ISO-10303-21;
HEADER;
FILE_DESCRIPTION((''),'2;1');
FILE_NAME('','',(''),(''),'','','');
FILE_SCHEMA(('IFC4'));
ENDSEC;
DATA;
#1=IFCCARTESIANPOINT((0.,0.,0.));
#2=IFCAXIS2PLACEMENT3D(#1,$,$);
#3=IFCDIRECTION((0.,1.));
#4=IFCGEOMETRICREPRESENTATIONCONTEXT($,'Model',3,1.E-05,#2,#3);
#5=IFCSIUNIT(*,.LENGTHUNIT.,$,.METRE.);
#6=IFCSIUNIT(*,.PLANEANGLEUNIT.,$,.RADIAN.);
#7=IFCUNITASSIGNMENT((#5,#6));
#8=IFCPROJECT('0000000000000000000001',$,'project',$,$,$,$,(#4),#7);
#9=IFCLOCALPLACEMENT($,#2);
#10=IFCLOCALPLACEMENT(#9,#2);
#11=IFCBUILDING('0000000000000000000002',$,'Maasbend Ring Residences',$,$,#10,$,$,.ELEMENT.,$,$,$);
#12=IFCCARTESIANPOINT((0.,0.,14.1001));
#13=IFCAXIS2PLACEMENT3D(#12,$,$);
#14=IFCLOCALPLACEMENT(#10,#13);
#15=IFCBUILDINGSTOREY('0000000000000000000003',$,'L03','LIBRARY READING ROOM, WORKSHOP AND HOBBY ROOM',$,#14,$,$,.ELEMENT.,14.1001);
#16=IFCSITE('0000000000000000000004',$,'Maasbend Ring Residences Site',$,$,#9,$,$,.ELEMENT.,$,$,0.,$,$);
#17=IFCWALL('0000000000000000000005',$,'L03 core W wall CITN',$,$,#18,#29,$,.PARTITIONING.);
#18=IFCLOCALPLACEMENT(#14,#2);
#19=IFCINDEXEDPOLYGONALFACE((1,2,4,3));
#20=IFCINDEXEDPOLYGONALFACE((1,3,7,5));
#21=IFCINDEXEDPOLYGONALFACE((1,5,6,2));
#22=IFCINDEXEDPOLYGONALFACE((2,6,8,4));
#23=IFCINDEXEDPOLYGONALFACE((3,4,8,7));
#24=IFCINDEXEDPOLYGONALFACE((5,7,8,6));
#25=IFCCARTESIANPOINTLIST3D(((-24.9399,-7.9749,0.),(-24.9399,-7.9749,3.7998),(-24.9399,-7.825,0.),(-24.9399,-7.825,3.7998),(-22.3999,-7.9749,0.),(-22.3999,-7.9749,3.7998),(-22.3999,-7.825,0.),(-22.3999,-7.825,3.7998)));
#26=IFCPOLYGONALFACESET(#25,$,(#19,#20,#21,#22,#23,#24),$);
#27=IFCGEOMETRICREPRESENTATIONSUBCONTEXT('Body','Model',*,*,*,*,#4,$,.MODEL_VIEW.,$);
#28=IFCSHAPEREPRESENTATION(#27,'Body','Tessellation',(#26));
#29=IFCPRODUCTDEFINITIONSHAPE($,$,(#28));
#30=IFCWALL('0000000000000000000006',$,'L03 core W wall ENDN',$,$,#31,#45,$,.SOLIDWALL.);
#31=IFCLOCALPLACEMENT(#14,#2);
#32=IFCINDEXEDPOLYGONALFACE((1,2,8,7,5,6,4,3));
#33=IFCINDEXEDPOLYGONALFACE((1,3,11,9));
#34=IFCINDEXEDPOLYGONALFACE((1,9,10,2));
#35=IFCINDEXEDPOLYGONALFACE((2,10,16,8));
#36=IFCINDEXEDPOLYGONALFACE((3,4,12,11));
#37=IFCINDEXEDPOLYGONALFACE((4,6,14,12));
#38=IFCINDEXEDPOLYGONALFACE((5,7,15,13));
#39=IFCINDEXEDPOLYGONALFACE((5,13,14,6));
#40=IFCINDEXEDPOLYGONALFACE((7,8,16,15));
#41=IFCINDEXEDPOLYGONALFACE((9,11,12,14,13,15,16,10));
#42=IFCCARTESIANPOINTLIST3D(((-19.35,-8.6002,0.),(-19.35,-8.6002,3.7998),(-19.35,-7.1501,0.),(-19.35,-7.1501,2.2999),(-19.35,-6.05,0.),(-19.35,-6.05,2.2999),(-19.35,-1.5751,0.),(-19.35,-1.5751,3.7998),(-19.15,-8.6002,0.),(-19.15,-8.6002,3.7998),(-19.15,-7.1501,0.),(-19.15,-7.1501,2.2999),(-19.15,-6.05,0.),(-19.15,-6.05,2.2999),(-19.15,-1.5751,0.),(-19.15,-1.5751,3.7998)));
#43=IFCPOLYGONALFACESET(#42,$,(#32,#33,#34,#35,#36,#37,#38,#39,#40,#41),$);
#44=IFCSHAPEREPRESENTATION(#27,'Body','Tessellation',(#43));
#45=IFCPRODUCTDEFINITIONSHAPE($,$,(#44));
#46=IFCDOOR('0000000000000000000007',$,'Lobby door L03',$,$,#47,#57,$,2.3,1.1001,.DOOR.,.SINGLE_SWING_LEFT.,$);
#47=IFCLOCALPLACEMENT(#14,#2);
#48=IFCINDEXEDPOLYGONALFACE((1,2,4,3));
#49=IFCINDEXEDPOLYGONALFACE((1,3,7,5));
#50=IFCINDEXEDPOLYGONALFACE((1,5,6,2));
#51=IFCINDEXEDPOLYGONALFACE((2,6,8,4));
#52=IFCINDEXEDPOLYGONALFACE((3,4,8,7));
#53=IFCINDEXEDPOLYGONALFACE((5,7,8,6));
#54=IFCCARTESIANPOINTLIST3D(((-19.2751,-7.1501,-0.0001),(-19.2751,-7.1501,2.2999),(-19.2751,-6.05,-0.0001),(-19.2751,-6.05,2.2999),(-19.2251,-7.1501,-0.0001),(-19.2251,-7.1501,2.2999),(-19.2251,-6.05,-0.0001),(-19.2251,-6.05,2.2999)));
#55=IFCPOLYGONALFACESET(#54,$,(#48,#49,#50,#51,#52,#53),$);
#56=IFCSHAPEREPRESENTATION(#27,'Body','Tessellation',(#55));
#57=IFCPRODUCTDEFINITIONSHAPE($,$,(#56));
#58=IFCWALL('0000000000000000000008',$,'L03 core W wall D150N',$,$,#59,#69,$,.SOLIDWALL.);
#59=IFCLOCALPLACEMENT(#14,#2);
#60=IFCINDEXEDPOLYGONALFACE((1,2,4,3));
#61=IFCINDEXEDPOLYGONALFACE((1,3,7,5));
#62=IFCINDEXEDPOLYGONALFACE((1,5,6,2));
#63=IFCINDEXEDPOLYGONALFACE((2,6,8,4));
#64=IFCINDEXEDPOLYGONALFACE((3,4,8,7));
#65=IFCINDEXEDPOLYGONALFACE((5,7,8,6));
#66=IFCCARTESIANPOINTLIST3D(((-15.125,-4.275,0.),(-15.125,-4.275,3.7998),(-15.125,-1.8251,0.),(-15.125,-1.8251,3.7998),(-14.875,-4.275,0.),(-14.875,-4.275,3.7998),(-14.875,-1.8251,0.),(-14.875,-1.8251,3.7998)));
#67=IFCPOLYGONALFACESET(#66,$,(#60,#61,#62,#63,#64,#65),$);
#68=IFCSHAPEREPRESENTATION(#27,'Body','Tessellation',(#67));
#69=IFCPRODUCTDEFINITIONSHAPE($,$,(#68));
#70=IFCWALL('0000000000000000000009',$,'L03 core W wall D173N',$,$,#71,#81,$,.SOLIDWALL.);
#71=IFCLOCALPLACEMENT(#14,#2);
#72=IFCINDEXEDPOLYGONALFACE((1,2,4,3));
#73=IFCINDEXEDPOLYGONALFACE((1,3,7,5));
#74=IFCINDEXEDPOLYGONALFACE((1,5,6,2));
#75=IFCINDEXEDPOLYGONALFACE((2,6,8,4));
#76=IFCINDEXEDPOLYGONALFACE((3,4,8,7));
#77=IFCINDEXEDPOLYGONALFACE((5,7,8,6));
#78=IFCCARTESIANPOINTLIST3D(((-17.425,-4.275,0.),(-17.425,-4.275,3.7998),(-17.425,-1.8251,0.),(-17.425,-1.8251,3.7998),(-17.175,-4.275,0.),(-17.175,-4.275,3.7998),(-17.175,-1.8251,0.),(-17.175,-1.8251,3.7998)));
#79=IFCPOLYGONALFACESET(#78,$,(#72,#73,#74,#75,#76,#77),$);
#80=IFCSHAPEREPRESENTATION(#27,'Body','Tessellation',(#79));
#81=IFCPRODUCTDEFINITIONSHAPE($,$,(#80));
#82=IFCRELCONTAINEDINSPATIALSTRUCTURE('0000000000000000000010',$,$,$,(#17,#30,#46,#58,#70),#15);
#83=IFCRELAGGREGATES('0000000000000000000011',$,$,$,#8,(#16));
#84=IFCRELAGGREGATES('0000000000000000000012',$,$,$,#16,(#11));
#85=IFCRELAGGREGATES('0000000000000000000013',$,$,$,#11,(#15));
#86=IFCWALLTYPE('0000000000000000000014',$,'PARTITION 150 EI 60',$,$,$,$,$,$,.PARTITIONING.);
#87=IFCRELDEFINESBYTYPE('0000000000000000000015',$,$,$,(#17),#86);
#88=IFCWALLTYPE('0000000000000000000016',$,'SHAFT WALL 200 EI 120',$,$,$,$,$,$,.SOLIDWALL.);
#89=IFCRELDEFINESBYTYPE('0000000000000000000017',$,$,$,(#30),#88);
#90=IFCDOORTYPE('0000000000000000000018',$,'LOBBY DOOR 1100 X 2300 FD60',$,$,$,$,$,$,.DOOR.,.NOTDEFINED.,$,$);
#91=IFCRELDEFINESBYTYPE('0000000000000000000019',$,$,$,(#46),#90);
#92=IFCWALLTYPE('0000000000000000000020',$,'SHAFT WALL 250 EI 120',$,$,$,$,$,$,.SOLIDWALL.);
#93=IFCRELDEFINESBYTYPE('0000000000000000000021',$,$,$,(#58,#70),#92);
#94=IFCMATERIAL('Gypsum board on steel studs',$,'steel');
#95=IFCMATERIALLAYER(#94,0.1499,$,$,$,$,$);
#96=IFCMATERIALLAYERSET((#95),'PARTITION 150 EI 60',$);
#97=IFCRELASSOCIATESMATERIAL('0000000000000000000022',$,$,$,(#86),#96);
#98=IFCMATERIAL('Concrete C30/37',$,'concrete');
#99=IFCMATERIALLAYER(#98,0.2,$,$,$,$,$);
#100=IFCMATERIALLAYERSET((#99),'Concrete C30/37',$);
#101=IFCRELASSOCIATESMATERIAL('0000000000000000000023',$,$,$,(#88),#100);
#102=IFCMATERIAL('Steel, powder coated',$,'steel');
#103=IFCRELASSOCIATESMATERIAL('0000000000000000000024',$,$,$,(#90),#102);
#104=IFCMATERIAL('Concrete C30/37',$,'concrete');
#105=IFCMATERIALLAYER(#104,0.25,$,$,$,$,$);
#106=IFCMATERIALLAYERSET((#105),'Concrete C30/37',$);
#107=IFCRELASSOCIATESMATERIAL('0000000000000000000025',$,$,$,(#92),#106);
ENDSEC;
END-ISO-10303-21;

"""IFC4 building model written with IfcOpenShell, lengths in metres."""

from ifc_helpers import new_model, si_unit, direction, frame, frame_2d, origin, place, context, subcontext, project, spatial, rectangle, extrude, material, layer, layer_set, type_object, element, fill, save


model = new_model("IFC4")

# Units and contexts
model_context = context("Model", 3, precision=1e-05, world=origin(), true_north=direction((0.0, 1.0)))
body_context = subcontext(model_context, "Body", "Model", "MODEL_VIEW")
ifc_project = project(units=[si_unit("LENGTHUNIT", "METRE"), si_unit("PLANEANGLEUNIT", "RADIAN")], contexts=[model_context])

# Site, building, storey
site_placement = place(None, origin())
site = spatial("IfcSite", under=ifc_project, at=site_placement, Name="Maasbend Ring Residences Site", CompositionType="ELEMENT", RefElevation=0.0)
building_placement = place(site_placement, origin())
building = spatial("IfcBuilding", under=site, at=building_placement, Name="Maasbend Ring Residences", CompositionType="ELEMENT")
storey_placement = place(building_placement, frame((0.0, 0.0, 14.1001)))
storey = spatial("IfcBuildingStorey", under=building, at=storey_placement, Name="L03", Description="LIBRARY READING ROOM, WORKSHOP AND HOBBY ROOM", CompositionType="ELEMENT", Elevation=14.1001)

# Wall
ifc_material_1 = material(Name="Gypsum board on steel studs", Category="steel")
ifc_layer_1 = layer(ifc_material_1, 0.1499)
ifc_layer_set_1 = layer_set([ifc_layer_1], Name="PARTITION 150 EI 60")
wall_type_1 = type_object("IfcWallType", Name="PARTITION 150 EI 60", PredefinedType="PARTITIONING", material=ifc_layer_set_1)
wall_1_placement = place(storey_placement, frame((-22.3999, -7.8999, 0.0), z_axis=(0.0, 0.0, 1.0), x_axis=(-1.0, 0.0, 0.0)))
element("IfcWall", 1, at=wall_1_placement, inside=storey, type_object=wall_type_1, Name="L03 core W wall CITN", PredefinedType="PARTITIONING", context=body_context, shape_type="SweptSolid", body=[
    extrude(rectangle(XDim=2.54, YDim=0.1499, at=frame_2d((1.27, 0.0))), origin(), (0.0, 0.0, 1.0), 3.7998),
])

# Wall, opening, door
ifc_material_2 = material(Name="Concrete C30/37", Category="concrete")
ifc_layer_2 = layer(ifc_material_2, 0.2)
ifc_layer_set_2 = layer_set([ifc_layer_2], Name="Concrete C30/37")
wall_type_2 = type_object("IfcWallType", Name="SHAFT WALL 200 EI 120", PredefinedType="SOLIDWALL", material=ifc_layer_set_2)
wall_2_placement = place(storey_placement, frame((-19.25, -1.575, 0.0), z_axis=(0.0, 0.0, 1.0), x_axis=(0.0, -1.0, 0.0)))
wall_2 = element("IfcWall", 2, at=wall_2_placement, inside=storey, type_object=wall_type_2, Name="L03 core W wall ENDN", PredefinedType="SOLIDWALL", context=body_context, shape_type="SweptSolid", body=[
    extrude(rectangle(XDim=7.0251, YDim=0.2, at=frame_2d((3.5127, 0.0))), origin(), (0.0, 0.0, 1.0), 3.7998),
])
opening_1_placement = place(wall_2_placement, frame((4.4751, 0.0, 0.0)))
opening_1 = element("IfcOpeningElement", 3, at=opening_1_placement, cuts=wall_2, PredefinedType="OPENING", context=body_context, shape_type="SweptSolid", body=[
    extrude(rectangle(XDim=1.1001, YDim=2.3, at=frame_2d((0.55, 1.1499))), frame((0.0, 0.1099, 0.0), z_axis=(0.0, -1.0, 0.0), x_axis=(1.0, 0.0, 0.0)), (0.0, 0.0, 1.0), 0.22),
])
ifc_material_3 = material(Name="Steel, powder coated", Category="steel")
door_type_1 = type_object("IfcDoorType", Name="LOBBY DOOR 1100 X 2300 FD60", OperationType="NOTDEFINED", PredefinedType="DOOR", material=ifc_material_3)
door_1_placement = place(opening_1_placement, origin())
door_1 = element("IfcDoor", 4, at=door_1_placement, inside=storey, type_object=door_type_1, Name="Lobby door L03", OperationType="SINGLE_SWING_LEFT", OverallHeight=2.3, OverallWidth=1.1001, PredefinedType="DOOR", context=body_context, shape_type="SweptSolid", body=[
    extrude(rectangle(XDim=1.1001, YDim=2.3, at=frame_2d((0.55, 1.1499))), frame((0.0, 0.0249, 0.0), z_axis=(0.0, -1.0, 0.0), x_axis=(1.0, 0.0, 0.0)), (0.0, 0.0, 1.0), 0.05),
])
fill(opening_1, door_1)

# Walls
ifc_material_4 = material(Name="Concrete C30/37", Category="concrete")
ifc_layer_3 = layer(ifc_material_4, 0.25)
ifc_layer_set_3 = layer_set([ifc_layer_3], Name="Concrete C30/37")
wall_type_3 = type_object("IfcWallType", Name="SHAFT WALL 250 EI 120", PredefinedType="SOLIDWALL", material=ifc_layer_set_3)
for number, where, z_axis, x_axis, name in (
    (5, (-15.0, -1.825, 0.0), (0.0, 0.0, 1.0), (0.0, -1.0, 0.0), "L03 core W wall D150N"),
    (6, (-17.3, -1.825, 0.0), (0.0, 0.0, 1.0), (0.0, -1.0, 0.0), "L03 core W wall D173N"),
):
    element("IfcWall", number, at=place(storey_placement, frame(where, z_axis=z_axis, x_axis=x_axis)), inside=storey, type_object=wall_type_3, Name=name, PredefinedType="SOLIDWALL", context=body_context, shape_type="SweptSolid", body=[
        extrude(rectangle(XDim=2.45, YDim=0.25, at=frame_2d((1.2251, 0.0))), origin(), (0.0, 0.0, 1.0), 3.7998),
    ])

save(model, "model.ifc")
